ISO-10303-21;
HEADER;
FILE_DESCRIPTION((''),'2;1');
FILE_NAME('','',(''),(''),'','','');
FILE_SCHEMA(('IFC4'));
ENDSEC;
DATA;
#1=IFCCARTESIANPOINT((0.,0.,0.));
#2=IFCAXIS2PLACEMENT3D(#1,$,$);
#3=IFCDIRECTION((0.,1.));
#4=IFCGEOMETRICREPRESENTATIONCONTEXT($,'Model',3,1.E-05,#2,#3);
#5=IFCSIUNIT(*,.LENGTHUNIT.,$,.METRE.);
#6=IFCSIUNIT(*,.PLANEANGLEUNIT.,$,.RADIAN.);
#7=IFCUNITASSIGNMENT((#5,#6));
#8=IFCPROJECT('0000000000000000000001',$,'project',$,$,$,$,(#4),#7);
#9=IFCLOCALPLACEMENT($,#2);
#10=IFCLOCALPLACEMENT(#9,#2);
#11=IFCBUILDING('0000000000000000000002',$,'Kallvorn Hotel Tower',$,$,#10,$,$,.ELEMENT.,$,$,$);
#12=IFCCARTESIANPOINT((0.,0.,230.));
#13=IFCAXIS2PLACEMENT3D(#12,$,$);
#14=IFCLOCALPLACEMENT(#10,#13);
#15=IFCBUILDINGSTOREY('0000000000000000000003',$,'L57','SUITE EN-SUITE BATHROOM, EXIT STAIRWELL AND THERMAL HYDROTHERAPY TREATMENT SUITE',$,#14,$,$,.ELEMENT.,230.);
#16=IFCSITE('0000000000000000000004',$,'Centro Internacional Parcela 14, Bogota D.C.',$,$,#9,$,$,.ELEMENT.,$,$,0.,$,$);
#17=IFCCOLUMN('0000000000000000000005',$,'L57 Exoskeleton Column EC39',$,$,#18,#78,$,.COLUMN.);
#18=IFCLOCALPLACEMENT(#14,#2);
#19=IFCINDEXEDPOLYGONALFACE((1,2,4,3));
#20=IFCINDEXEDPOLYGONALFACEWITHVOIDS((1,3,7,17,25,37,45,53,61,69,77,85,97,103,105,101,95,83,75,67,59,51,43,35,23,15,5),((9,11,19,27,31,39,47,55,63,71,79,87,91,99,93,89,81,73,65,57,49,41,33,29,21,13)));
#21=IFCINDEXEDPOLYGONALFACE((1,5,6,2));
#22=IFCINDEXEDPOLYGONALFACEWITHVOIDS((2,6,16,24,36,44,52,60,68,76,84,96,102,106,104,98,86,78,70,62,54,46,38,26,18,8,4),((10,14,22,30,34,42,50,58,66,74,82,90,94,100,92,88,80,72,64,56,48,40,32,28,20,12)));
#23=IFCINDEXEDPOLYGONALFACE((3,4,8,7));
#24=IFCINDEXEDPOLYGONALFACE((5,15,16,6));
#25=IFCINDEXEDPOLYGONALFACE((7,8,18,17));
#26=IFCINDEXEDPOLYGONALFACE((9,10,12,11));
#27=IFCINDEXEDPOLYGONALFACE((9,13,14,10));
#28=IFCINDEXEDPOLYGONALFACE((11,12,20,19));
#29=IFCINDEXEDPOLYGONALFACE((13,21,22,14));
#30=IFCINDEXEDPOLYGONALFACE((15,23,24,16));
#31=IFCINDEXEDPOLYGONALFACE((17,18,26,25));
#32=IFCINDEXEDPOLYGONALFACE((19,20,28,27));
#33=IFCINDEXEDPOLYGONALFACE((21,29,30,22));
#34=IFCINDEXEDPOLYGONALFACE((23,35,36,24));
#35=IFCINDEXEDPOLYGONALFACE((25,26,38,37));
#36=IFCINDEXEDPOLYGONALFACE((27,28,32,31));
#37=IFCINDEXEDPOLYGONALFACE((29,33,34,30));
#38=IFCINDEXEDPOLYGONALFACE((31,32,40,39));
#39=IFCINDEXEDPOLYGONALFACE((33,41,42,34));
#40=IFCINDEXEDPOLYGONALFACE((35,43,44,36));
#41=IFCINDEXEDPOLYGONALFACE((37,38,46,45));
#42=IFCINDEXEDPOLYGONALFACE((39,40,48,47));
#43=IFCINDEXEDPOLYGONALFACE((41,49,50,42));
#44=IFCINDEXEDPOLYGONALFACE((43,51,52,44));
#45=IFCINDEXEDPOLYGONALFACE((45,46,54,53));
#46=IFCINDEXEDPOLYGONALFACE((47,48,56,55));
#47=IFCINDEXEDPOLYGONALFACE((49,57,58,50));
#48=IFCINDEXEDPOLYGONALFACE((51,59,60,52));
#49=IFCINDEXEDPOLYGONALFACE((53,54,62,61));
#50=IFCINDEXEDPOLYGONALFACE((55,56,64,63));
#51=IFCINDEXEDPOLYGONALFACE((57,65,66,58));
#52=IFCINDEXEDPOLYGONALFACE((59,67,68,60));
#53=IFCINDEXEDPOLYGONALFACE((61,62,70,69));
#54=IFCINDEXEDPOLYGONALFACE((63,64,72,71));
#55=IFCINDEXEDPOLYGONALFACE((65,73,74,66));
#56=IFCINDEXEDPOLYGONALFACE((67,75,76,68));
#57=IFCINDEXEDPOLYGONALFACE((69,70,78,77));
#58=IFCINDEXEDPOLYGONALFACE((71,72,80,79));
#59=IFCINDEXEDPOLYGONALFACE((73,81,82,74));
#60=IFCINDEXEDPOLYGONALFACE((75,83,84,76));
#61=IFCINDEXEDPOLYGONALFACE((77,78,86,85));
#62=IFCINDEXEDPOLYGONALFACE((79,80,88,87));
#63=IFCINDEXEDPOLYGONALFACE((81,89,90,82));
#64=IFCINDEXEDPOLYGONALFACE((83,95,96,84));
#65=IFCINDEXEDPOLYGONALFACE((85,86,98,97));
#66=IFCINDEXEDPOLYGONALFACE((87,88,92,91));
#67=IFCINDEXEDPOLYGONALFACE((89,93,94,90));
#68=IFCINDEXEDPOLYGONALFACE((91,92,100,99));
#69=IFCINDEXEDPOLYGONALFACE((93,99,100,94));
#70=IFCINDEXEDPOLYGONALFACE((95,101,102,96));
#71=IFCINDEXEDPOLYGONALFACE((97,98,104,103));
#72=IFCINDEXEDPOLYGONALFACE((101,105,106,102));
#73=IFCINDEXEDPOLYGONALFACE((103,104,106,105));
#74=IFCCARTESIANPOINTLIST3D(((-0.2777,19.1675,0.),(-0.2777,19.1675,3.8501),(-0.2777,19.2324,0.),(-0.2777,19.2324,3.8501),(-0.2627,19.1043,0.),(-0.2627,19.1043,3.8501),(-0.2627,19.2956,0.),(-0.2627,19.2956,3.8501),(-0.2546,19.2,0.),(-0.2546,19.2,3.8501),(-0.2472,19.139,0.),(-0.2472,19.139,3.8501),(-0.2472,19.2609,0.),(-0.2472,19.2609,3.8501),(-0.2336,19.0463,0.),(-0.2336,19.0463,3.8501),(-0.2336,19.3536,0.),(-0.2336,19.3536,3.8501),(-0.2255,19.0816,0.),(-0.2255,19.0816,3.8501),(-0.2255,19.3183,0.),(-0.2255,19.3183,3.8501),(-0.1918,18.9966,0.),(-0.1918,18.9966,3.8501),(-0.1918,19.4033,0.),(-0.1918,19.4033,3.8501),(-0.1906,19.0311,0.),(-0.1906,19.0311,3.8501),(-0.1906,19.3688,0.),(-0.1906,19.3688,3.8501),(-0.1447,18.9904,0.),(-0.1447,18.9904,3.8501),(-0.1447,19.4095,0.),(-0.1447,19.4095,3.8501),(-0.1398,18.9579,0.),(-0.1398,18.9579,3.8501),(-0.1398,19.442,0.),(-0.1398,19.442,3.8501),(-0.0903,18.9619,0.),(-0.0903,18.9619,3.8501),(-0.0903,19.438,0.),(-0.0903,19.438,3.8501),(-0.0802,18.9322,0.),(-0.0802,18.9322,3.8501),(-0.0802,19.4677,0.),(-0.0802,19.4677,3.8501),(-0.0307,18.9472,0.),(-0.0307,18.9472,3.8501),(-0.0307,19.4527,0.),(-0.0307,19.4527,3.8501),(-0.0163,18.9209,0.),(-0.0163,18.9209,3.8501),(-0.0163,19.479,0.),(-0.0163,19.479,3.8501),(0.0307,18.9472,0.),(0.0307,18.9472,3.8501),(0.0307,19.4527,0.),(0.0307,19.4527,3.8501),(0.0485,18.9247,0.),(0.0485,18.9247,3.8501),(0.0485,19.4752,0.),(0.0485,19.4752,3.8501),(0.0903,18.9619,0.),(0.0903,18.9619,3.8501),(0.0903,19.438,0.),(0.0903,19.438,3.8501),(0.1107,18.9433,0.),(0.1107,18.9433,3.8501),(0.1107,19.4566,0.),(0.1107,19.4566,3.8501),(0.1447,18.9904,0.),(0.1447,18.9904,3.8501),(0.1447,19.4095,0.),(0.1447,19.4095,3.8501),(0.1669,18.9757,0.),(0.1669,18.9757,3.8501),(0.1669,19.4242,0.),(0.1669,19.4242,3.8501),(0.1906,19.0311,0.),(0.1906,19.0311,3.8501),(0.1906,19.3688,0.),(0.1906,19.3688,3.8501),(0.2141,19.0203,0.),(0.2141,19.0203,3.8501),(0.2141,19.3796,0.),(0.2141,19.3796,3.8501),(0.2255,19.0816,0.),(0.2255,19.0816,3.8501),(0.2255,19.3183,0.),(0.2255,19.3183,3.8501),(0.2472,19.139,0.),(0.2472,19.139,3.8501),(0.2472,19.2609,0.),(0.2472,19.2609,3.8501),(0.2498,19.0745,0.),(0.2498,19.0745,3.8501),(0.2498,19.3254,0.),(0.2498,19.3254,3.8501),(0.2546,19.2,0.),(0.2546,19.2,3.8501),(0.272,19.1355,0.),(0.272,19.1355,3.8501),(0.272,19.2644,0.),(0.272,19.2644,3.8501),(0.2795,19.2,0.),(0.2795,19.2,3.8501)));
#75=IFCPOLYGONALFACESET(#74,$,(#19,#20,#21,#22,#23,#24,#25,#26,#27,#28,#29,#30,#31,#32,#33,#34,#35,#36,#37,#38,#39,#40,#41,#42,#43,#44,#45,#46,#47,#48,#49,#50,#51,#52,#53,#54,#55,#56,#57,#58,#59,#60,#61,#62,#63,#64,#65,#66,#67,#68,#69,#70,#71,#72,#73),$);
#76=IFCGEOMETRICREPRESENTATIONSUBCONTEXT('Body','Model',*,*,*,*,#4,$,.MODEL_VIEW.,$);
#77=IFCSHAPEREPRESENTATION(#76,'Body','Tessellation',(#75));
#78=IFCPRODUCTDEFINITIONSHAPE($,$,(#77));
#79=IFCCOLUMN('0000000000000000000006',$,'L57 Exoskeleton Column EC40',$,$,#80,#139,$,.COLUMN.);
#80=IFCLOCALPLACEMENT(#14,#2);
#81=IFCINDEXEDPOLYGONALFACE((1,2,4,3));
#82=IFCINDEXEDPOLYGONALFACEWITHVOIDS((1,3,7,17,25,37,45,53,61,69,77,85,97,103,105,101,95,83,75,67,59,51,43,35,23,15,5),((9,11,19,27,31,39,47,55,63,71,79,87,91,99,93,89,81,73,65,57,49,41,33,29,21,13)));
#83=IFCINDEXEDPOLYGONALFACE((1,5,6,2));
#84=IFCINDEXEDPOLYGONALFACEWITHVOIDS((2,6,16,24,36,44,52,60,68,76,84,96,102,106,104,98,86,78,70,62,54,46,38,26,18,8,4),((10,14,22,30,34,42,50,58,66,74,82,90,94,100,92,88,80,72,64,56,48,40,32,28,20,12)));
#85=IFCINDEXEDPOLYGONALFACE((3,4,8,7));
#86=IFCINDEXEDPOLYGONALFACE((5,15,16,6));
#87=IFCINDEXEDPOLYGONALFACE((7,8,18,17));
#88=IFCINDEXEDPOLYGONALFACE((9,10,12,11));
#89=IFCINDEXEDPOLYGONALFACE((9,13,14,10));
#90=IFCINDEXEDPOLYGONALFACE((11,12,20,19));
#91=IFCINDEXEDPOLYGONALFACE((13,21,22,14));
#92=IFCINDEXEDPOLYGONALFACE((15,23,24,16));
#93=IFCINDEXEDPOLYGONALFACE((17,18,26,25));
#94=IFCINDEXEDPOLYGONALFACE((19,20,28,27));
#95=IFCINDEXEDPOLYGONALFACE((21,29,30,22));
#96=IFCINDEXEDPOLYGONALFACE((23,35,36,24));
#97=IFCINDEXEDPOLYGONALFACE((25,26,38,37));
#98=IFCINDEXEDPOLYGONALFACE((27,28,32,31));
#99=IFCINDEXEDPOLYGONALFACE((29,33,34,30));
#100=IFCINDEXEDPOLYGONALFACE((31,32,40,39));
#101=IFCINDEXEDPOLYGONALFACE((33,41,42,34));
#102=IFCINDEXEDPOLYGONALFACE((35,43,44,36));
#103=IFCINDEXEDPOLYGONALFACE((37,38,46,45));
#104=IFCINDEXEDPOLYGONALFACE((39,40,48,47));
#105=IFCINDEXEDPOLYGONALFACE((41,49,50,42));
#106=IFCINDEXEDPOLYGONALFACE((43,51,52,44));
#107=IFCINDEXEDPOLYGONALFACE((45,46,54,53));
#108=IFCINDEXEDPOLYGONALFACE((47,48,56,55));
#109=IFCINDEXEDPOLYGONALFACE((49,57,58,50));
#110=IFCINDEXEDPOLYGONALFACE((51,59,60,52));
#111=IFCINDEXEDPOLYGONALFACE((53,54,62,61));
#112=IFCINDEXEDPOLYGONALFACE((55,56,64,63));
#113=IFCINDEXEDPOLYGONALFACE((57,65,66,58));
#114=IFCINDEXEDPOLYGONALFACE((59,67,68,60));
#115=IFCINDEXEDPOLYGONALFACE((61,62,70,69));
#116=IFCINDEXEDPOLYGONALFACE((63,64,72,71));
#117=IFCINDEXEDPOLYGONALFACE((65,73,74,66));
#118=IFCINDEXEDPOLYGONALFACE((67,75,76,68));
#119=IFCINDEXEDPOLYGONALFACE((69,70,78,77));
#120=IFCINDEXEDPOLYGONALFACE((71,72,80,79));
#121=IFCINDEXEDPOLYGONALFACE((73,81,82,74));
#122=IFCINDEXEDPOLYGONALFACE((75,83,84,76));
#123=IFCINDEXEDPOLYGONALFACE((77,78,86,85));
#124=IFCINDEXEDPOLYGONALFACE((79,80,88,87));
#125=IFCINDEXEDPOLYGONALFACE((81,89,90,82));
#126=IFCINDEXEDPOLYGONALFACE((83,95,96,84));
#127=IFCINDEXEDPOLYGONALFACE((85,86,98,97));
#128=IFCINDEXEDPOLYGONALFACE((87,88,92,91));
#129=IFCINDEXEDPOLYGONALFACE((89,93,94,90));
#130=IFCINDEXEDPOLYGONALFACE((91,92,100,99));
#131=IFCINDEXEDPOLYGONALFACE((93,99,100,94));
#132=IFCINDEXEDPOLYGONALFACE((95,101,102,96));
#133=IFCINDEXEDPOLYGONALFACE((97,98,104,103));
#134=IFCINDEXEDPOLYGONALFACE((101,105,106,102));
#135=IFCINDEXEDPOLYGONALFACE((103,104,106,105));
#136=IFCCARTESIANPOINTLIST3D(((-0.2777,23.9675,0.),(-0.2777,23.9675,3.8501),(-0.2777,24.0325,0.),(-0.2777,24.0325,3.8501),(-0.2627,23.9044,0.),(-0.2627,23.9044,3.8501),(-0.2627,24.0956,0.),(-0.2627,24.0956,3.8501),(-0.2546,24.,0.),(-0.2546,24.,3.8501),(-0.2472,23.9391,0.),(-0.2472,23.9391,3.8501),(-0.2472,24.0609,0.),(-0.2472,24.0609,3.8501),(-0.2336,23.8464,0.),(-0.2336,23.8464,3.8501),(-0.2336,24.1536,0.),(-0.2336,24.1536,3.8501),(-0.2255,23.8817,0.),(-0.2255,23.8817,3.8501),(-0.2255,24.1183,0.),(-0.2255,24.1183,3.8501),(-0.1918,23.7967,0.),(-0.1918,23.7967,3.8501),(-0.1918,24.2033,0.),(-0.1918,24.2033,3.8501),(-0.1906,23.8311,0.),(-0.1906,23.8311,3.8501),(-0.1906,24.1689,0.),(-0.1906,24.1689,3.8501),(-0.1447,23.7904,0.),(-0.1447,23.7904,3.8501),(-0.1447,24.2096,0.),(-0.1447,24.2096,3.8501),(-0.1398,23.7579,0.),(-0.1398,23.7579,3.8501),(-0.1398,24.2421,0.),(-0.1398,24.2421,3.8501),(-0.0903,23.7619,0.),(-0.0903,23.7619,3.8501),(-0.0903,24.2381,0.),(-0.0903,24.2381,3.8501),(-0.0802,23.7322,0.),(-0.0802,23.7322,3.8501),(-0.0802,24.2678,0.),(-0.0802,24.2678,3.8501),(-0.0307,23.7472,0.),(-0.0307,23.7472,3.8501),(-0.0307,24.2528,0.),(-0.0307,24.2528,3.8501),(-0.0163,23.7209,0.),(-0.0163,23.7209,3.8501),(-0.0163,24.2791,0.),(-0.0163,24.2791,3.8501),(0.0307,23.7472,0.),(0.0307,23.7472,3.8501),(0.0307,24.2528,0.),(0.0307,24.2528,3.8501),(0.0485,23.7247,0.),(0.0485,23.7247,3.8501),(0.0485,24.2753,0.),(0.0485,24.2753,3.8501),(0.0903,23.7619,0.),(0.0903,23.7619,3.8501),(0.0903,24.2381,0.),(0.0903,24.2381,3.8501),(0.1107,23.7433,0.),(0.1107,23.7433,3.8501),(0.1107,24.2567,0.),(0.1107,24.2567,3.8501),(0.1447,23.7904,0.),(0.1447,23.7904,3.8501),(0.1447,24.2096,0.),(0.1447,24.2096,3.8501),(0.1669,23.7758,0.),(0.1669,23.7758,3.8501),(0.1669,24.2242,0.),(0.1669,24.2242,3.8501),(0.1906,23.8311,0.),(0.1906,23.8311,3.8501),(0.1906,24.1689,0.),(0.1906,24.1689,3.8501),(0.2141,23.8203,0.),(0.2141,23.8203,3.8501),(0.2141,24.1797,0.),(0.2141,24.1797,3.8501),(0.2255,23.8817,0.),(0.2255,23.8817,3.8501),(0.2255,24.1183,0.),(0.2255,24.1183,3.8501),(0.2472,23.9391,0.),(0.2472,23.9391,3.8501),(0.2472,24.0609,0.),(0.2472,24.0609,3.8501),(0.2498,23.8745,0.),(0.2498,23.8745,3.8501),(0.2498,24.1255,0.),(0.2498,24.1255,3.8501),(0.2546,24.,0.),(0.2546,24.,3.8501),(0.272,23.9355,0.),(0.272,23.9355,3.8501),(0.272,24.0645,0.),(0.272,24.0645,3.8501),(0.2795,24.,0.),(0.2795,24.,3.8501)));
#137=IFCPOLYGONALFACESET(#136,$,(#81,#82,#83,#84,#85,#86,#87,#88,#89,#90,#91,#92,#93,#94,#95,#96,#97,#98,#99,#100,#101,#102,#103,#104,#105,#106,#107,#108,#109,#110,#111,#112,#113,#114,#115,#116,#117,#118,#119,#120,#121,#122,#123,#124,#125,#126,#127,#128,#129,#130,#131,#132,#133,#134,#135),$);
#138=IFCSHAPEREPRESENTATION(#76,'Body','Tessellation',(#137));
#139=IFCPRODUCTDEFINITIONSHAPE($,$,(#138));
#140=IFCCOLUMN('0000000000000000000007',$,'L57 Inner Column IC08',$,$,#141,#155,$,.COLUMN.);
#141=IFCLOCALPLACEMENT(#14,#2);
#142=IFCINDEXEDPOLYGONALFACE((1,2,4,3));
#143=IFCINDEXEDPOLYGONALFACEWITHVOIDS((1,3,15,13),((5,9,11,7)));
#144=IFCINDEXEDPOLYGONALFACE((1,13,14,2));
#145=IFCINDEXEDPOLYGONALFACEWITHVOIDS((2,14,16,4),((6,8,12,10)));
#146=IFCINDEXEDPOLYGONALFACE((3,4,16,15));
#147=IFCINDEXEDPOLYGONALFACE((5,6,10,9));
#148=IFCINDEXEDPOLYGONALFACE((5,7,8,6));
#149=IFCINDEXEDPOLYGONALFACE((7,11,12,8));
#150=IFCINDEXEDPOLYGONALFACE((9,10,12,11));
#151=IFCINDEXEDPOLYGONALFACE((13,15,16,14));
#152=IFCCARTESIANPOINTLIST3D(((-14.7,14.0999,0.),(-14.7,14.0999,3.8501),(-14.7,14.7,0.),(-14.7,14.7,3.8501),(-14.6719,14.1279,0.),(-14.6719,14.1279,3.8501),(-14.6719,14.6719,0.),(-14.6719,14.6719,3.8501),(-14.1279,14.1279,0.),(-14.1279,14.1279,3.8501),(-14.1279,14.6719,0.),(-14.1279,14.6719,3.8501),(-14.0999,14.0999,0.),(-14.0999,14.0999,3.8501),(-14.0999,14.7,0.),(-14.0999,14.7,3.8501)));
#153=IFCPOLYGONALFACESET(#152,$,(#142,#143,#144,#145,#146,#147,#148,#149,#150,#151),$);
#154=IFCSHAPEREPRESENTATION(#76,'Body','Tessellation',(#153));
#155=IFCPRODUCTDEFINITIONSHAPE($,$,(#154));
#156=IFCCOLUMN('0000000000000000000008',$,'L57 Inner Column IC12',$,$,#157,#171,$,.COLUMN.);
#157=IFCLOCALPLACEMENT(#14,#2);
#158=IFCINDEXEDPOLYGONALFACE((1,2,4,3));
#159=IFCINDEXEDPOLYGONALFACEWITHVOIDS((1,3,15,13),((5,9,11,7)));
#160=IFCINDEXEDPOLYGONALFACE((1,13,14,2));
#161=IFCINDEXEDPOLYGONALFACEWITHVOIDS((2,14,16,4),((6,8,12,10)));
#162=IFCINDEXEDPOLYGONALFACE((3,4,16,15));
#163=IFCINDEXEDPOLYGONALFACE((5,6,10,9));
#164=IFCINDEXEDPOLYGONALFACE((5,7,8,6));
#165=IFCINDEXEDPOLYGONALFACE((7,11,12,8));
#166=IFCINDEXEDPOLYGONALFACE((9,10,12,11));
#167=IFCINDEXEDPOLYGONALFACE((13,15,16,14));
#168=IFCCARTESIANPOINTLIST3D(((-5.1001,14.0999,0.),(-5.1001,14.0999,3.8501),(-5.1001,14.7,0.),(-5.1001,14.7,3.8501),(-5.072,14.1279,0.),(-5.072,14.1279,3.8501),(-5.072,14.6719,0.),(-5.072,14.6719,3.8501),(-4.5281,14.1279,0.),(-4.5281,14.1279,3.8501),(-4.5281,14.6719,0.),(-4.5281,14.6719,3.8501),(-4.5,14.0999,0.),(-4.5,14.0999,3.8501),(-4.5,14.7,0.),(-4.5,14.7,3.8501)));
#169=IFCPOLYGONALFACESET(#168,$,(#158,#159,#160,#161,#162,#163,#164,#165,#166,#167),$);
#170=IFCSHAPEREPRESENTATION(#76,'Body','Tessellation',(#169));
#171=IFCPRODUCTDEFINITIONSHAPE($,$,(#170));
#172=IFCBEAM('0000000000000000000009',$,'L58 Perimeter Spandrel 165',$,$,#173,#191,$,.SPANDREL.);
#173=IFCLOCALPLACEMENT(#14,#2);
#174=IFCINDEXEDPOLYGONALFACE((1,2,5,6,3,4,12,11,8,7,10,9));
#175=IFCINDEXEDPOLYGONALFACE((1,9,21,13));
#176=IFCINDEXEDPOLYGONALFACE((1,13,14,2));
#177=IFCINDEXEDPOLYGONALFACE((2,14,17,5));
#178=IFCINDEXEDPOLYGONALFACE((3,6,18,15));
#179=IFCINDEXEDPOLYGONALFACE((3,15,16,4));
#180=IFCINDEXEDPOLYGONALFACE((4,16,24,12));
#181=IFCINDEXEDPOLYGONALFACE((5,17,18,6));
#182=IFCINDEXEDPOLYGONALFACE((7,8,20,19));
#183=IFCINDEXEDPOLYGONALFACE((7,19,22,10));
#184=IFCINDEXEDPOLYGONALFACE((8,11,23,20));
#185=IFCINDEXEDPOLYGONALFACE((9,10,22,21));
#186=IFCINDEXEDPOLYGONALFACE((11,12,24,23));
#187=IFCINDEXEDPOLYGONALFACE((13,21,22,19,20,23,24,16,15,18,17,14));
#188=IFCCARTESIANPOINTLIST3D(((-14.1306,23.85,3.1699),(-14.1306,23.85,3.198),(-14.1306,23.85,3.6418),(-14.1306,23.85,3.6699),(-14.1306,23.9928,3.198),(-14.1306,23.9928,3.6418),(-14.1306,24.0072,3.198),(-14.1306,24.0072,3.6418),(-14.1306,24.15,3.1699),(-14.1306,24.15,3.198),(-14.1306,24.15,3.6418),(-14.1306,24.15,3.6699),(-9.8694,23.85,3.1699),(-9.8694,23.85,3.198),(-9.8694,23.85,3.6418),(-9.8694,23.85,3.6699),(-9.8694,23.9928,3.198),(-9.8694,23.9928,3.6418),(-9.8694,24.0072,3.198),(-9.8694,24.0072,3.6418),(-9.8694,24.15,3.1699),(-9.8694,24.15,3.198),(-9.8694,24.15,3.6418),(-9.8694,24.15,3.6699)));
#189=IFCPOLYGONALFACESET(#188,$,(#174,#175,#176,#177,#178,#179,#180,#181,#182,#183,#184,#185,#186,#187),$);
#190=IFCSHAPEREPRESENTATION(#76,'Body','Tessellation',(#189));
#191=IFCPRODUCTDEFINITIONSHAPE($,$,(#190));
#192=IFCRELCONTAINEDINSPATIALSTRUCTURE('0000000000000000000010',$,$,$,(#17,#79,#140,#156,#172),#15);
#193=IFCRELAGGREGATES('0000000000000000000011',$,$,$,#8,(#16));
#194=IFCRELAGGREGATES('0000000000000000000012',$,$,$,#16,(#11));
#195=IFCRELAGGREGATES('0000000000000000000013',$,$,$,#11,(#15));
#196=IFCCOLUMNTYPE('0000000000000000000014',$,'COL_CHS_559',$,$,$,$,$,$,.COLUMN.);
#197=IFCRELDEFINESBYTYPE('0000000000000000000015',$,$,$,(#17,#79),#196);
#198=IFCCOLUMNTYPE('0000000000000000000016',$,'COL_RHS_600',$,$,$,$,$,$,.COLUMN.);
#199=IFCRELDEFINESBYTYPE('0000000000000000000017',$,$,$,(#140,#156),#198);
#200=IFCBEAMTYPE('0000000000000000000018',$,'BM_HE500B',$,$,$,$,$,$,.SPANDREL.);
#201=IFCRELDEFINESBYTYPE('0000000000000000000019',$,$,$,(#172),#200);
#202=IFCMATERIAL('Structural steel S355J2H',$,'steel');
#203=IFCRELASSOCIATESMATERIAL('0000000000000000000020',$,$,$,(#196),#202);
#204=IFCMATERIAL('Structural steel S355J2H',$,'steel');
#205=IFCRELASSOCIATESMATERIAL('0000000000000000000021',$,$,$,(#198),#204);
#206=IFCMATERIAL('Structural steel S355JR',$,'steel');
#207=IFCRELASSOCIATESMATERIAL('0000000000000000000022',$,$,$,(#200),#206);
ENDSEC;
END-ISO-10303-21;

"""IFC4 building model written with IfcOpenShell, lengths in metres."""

from ifc_helpers import new_model, si_unit, direction, frame, origin, origin_2d, place, context, subcontext, project, spatial, hollow_rectangle, hollow_circle, i_section, extrude, material, material_profile, profile_set, type_object, element, save


model = new_model("IFC4")

# Units and contexts
model_context = context("Model", 3, precision=1e-05, world=origin(), true_north=direction((0.0, 1.0)))
body_context = subcontext(model_context, "Body", "Model", "MODEL_VIEW")
ifc_project = project(units=[si_unit("LENGTHUNIT", "METRE"), si_unit("PLANEANGLEUNIT", "RADIAN")], contexts=[model_context])

# Site, building, storey
site_placement = place(None, origin())
site = spatial("IfcSite", under=ifc_project, at=site_placement, Name="Centro Internacional Parcela 14, Bogota D.C.", CompositionType="ELEMENT", RefElevation=0.0)
building_placement = place(site_placement, origin())
building = spatial("IfcBuilding", under=site, at=building_placement, Name="Kallvorn Hotel Tower", CompositionType="ELEMENT")
storey_placement = place(building_placement, frame((0.0, 0.0, 230.0)))
storey = spatial("IfcBuildingStorey", under=building, at=storey_placement, Name="L57", Description="SUITE EN-SUITE BATHROOM, EXIT STAIRWELL AND THERMAL HYDROTHERAPY TREATMENT SUITE", CompositionType="ELEMENT", Elevation=230.0)

# Columns
ifc_material_1 = material(Name="Structural steel S355J2H", Category="steel")
ifc_material_profile_1 = material_profile(ifc_material_1, hollow_circle(Radius=0.2795, WallThickness=0.0249, at=origin_2d()), Name="CHS 559x25")
ifc_profile_set_1 = profile_set([ifc_material_profile_1], Name="Structural steel S355J2H")
column_type_1 = type_object("IfcColumnType", Name="COL_CHS_559", PredefinedType="COLUMN", material=ifc_profile_set_1)
for number, where, z_axis, x_axis, name in (
    (1, (0.0, 19.2, 0.0), (0.0, 0.0, 1.0), (1.0, 0.0, 0.0), "L57 Exoskeleton Column EC39"),
    (2, (0.0, 24.0, 0.0), (0.0, 0.0, 1.0), (1.0, 0.0, 0.0), "L57 Exoskeleton Column EC40"),
):
    element("IfcColumn", number, at=place(storey_placement, frame(where, z_axis=z_axis, x_axis=x_axis)), inside=storey, type_object=column_type_1, Name=name, PredefinedType="COLUMN", context=body_context, shape_type="SweptSolid", body=[
        extrude(hollow_circle(Radius=0.2795, WallThickness=0.0249, at=origin_2d()), origin(), (0.0, 0.0, 1.0), 3.8501),
    ])
ifc_material_2 = material(Name="Structural steel S355J2H", Category="steel")
ifc_material_profile_2 = material_profile(ifc_material_2, hollow_rectangle(XDim=0.6001, YDim=0.6001, WallThickness=0.0281, at=origin_2d()), Name="RHS 600x600x28")
ifc_profile_set_2 = profile_set([ifc_material_profile_2], Name="Structural steel S355J2H")
column_type_2 = type_object("IfcColumnType", Name="COL_RHS_600", PredefinedType="COLUMN", material=ifc_profile_set_2)
for number, where, z_axis, x_axis, name in (
    (3, (-14.3999, 14.3999, 0.0), (0.0, 0.0, 1.0), (1.0, 0.0, 0.0), "L57 Inner Column IC08"),
    (4, (-4.8, 14.3999, 0.0), (0.0, 0.0, 1.0), (1.0, 0.0, 0.0), "L57 Inner Column IC12"),
):
    element("IfcColumn", number, at=place(storey_placement, frame(where, z_axis=z_axis, x_axis=x_axis)), inside=storey, type_object=column_type_2, Name=name, PredefinedType="COLUMN", context=body_context, shape_type="SweptSolid", body=[
        extrude(hollow_rectangle(XDim=0.6001, YDim=0.6001, WallThickness=0.0281, at=origin_2d()), origin(), (0.0, 0.0, 1.0), 3.8501),
    ])

# Beam
ifc_material_3 = material(Name="Structural steel S355JR", Category="steel")
ifc_material_profile_3 = material_profile(ifc_material_3, i_section(OverallWidth=0.3, OverallDepth=0.5, WebThickness=0.0144, FlangeThickness=0.0281, at=origin_2d()), Name="HE 500 B")
ifc_profile_set_3 = profile_set([ifc_material_profile_3], Name="Structural steel S355JR")
beam_type_1 = type_object("IfcBeamType", Name="BM_HE500B", PredefinedType="SPANDREL", material=ifc_profile_set_3)
beam_1_placement = place(storey_placement, frame((-14.1306, 24.0, 3.4199), z_axis=(1.0, 0.0, 0.0), x_axis=(0.0, 1.0, 0.0)))
element("IfcBeam", 5, at=beam_1_placement, inside=storey, type_object=beam_type_1, Name="L58 Perimeter Spandrel 165", PredefinedType="SPANDREL", context=body_context, shape_type="SweptSolid", body=[
    extrude(i_section(OverallWidth=0.3, OverallDepth=0.5, WebThickness=0.0144, FlangeThickness=0.0281, at=origin_2d()), origin(), (0.0, 0.0, 1.0), 4.2612),
])

save(model, "model.ifc")
